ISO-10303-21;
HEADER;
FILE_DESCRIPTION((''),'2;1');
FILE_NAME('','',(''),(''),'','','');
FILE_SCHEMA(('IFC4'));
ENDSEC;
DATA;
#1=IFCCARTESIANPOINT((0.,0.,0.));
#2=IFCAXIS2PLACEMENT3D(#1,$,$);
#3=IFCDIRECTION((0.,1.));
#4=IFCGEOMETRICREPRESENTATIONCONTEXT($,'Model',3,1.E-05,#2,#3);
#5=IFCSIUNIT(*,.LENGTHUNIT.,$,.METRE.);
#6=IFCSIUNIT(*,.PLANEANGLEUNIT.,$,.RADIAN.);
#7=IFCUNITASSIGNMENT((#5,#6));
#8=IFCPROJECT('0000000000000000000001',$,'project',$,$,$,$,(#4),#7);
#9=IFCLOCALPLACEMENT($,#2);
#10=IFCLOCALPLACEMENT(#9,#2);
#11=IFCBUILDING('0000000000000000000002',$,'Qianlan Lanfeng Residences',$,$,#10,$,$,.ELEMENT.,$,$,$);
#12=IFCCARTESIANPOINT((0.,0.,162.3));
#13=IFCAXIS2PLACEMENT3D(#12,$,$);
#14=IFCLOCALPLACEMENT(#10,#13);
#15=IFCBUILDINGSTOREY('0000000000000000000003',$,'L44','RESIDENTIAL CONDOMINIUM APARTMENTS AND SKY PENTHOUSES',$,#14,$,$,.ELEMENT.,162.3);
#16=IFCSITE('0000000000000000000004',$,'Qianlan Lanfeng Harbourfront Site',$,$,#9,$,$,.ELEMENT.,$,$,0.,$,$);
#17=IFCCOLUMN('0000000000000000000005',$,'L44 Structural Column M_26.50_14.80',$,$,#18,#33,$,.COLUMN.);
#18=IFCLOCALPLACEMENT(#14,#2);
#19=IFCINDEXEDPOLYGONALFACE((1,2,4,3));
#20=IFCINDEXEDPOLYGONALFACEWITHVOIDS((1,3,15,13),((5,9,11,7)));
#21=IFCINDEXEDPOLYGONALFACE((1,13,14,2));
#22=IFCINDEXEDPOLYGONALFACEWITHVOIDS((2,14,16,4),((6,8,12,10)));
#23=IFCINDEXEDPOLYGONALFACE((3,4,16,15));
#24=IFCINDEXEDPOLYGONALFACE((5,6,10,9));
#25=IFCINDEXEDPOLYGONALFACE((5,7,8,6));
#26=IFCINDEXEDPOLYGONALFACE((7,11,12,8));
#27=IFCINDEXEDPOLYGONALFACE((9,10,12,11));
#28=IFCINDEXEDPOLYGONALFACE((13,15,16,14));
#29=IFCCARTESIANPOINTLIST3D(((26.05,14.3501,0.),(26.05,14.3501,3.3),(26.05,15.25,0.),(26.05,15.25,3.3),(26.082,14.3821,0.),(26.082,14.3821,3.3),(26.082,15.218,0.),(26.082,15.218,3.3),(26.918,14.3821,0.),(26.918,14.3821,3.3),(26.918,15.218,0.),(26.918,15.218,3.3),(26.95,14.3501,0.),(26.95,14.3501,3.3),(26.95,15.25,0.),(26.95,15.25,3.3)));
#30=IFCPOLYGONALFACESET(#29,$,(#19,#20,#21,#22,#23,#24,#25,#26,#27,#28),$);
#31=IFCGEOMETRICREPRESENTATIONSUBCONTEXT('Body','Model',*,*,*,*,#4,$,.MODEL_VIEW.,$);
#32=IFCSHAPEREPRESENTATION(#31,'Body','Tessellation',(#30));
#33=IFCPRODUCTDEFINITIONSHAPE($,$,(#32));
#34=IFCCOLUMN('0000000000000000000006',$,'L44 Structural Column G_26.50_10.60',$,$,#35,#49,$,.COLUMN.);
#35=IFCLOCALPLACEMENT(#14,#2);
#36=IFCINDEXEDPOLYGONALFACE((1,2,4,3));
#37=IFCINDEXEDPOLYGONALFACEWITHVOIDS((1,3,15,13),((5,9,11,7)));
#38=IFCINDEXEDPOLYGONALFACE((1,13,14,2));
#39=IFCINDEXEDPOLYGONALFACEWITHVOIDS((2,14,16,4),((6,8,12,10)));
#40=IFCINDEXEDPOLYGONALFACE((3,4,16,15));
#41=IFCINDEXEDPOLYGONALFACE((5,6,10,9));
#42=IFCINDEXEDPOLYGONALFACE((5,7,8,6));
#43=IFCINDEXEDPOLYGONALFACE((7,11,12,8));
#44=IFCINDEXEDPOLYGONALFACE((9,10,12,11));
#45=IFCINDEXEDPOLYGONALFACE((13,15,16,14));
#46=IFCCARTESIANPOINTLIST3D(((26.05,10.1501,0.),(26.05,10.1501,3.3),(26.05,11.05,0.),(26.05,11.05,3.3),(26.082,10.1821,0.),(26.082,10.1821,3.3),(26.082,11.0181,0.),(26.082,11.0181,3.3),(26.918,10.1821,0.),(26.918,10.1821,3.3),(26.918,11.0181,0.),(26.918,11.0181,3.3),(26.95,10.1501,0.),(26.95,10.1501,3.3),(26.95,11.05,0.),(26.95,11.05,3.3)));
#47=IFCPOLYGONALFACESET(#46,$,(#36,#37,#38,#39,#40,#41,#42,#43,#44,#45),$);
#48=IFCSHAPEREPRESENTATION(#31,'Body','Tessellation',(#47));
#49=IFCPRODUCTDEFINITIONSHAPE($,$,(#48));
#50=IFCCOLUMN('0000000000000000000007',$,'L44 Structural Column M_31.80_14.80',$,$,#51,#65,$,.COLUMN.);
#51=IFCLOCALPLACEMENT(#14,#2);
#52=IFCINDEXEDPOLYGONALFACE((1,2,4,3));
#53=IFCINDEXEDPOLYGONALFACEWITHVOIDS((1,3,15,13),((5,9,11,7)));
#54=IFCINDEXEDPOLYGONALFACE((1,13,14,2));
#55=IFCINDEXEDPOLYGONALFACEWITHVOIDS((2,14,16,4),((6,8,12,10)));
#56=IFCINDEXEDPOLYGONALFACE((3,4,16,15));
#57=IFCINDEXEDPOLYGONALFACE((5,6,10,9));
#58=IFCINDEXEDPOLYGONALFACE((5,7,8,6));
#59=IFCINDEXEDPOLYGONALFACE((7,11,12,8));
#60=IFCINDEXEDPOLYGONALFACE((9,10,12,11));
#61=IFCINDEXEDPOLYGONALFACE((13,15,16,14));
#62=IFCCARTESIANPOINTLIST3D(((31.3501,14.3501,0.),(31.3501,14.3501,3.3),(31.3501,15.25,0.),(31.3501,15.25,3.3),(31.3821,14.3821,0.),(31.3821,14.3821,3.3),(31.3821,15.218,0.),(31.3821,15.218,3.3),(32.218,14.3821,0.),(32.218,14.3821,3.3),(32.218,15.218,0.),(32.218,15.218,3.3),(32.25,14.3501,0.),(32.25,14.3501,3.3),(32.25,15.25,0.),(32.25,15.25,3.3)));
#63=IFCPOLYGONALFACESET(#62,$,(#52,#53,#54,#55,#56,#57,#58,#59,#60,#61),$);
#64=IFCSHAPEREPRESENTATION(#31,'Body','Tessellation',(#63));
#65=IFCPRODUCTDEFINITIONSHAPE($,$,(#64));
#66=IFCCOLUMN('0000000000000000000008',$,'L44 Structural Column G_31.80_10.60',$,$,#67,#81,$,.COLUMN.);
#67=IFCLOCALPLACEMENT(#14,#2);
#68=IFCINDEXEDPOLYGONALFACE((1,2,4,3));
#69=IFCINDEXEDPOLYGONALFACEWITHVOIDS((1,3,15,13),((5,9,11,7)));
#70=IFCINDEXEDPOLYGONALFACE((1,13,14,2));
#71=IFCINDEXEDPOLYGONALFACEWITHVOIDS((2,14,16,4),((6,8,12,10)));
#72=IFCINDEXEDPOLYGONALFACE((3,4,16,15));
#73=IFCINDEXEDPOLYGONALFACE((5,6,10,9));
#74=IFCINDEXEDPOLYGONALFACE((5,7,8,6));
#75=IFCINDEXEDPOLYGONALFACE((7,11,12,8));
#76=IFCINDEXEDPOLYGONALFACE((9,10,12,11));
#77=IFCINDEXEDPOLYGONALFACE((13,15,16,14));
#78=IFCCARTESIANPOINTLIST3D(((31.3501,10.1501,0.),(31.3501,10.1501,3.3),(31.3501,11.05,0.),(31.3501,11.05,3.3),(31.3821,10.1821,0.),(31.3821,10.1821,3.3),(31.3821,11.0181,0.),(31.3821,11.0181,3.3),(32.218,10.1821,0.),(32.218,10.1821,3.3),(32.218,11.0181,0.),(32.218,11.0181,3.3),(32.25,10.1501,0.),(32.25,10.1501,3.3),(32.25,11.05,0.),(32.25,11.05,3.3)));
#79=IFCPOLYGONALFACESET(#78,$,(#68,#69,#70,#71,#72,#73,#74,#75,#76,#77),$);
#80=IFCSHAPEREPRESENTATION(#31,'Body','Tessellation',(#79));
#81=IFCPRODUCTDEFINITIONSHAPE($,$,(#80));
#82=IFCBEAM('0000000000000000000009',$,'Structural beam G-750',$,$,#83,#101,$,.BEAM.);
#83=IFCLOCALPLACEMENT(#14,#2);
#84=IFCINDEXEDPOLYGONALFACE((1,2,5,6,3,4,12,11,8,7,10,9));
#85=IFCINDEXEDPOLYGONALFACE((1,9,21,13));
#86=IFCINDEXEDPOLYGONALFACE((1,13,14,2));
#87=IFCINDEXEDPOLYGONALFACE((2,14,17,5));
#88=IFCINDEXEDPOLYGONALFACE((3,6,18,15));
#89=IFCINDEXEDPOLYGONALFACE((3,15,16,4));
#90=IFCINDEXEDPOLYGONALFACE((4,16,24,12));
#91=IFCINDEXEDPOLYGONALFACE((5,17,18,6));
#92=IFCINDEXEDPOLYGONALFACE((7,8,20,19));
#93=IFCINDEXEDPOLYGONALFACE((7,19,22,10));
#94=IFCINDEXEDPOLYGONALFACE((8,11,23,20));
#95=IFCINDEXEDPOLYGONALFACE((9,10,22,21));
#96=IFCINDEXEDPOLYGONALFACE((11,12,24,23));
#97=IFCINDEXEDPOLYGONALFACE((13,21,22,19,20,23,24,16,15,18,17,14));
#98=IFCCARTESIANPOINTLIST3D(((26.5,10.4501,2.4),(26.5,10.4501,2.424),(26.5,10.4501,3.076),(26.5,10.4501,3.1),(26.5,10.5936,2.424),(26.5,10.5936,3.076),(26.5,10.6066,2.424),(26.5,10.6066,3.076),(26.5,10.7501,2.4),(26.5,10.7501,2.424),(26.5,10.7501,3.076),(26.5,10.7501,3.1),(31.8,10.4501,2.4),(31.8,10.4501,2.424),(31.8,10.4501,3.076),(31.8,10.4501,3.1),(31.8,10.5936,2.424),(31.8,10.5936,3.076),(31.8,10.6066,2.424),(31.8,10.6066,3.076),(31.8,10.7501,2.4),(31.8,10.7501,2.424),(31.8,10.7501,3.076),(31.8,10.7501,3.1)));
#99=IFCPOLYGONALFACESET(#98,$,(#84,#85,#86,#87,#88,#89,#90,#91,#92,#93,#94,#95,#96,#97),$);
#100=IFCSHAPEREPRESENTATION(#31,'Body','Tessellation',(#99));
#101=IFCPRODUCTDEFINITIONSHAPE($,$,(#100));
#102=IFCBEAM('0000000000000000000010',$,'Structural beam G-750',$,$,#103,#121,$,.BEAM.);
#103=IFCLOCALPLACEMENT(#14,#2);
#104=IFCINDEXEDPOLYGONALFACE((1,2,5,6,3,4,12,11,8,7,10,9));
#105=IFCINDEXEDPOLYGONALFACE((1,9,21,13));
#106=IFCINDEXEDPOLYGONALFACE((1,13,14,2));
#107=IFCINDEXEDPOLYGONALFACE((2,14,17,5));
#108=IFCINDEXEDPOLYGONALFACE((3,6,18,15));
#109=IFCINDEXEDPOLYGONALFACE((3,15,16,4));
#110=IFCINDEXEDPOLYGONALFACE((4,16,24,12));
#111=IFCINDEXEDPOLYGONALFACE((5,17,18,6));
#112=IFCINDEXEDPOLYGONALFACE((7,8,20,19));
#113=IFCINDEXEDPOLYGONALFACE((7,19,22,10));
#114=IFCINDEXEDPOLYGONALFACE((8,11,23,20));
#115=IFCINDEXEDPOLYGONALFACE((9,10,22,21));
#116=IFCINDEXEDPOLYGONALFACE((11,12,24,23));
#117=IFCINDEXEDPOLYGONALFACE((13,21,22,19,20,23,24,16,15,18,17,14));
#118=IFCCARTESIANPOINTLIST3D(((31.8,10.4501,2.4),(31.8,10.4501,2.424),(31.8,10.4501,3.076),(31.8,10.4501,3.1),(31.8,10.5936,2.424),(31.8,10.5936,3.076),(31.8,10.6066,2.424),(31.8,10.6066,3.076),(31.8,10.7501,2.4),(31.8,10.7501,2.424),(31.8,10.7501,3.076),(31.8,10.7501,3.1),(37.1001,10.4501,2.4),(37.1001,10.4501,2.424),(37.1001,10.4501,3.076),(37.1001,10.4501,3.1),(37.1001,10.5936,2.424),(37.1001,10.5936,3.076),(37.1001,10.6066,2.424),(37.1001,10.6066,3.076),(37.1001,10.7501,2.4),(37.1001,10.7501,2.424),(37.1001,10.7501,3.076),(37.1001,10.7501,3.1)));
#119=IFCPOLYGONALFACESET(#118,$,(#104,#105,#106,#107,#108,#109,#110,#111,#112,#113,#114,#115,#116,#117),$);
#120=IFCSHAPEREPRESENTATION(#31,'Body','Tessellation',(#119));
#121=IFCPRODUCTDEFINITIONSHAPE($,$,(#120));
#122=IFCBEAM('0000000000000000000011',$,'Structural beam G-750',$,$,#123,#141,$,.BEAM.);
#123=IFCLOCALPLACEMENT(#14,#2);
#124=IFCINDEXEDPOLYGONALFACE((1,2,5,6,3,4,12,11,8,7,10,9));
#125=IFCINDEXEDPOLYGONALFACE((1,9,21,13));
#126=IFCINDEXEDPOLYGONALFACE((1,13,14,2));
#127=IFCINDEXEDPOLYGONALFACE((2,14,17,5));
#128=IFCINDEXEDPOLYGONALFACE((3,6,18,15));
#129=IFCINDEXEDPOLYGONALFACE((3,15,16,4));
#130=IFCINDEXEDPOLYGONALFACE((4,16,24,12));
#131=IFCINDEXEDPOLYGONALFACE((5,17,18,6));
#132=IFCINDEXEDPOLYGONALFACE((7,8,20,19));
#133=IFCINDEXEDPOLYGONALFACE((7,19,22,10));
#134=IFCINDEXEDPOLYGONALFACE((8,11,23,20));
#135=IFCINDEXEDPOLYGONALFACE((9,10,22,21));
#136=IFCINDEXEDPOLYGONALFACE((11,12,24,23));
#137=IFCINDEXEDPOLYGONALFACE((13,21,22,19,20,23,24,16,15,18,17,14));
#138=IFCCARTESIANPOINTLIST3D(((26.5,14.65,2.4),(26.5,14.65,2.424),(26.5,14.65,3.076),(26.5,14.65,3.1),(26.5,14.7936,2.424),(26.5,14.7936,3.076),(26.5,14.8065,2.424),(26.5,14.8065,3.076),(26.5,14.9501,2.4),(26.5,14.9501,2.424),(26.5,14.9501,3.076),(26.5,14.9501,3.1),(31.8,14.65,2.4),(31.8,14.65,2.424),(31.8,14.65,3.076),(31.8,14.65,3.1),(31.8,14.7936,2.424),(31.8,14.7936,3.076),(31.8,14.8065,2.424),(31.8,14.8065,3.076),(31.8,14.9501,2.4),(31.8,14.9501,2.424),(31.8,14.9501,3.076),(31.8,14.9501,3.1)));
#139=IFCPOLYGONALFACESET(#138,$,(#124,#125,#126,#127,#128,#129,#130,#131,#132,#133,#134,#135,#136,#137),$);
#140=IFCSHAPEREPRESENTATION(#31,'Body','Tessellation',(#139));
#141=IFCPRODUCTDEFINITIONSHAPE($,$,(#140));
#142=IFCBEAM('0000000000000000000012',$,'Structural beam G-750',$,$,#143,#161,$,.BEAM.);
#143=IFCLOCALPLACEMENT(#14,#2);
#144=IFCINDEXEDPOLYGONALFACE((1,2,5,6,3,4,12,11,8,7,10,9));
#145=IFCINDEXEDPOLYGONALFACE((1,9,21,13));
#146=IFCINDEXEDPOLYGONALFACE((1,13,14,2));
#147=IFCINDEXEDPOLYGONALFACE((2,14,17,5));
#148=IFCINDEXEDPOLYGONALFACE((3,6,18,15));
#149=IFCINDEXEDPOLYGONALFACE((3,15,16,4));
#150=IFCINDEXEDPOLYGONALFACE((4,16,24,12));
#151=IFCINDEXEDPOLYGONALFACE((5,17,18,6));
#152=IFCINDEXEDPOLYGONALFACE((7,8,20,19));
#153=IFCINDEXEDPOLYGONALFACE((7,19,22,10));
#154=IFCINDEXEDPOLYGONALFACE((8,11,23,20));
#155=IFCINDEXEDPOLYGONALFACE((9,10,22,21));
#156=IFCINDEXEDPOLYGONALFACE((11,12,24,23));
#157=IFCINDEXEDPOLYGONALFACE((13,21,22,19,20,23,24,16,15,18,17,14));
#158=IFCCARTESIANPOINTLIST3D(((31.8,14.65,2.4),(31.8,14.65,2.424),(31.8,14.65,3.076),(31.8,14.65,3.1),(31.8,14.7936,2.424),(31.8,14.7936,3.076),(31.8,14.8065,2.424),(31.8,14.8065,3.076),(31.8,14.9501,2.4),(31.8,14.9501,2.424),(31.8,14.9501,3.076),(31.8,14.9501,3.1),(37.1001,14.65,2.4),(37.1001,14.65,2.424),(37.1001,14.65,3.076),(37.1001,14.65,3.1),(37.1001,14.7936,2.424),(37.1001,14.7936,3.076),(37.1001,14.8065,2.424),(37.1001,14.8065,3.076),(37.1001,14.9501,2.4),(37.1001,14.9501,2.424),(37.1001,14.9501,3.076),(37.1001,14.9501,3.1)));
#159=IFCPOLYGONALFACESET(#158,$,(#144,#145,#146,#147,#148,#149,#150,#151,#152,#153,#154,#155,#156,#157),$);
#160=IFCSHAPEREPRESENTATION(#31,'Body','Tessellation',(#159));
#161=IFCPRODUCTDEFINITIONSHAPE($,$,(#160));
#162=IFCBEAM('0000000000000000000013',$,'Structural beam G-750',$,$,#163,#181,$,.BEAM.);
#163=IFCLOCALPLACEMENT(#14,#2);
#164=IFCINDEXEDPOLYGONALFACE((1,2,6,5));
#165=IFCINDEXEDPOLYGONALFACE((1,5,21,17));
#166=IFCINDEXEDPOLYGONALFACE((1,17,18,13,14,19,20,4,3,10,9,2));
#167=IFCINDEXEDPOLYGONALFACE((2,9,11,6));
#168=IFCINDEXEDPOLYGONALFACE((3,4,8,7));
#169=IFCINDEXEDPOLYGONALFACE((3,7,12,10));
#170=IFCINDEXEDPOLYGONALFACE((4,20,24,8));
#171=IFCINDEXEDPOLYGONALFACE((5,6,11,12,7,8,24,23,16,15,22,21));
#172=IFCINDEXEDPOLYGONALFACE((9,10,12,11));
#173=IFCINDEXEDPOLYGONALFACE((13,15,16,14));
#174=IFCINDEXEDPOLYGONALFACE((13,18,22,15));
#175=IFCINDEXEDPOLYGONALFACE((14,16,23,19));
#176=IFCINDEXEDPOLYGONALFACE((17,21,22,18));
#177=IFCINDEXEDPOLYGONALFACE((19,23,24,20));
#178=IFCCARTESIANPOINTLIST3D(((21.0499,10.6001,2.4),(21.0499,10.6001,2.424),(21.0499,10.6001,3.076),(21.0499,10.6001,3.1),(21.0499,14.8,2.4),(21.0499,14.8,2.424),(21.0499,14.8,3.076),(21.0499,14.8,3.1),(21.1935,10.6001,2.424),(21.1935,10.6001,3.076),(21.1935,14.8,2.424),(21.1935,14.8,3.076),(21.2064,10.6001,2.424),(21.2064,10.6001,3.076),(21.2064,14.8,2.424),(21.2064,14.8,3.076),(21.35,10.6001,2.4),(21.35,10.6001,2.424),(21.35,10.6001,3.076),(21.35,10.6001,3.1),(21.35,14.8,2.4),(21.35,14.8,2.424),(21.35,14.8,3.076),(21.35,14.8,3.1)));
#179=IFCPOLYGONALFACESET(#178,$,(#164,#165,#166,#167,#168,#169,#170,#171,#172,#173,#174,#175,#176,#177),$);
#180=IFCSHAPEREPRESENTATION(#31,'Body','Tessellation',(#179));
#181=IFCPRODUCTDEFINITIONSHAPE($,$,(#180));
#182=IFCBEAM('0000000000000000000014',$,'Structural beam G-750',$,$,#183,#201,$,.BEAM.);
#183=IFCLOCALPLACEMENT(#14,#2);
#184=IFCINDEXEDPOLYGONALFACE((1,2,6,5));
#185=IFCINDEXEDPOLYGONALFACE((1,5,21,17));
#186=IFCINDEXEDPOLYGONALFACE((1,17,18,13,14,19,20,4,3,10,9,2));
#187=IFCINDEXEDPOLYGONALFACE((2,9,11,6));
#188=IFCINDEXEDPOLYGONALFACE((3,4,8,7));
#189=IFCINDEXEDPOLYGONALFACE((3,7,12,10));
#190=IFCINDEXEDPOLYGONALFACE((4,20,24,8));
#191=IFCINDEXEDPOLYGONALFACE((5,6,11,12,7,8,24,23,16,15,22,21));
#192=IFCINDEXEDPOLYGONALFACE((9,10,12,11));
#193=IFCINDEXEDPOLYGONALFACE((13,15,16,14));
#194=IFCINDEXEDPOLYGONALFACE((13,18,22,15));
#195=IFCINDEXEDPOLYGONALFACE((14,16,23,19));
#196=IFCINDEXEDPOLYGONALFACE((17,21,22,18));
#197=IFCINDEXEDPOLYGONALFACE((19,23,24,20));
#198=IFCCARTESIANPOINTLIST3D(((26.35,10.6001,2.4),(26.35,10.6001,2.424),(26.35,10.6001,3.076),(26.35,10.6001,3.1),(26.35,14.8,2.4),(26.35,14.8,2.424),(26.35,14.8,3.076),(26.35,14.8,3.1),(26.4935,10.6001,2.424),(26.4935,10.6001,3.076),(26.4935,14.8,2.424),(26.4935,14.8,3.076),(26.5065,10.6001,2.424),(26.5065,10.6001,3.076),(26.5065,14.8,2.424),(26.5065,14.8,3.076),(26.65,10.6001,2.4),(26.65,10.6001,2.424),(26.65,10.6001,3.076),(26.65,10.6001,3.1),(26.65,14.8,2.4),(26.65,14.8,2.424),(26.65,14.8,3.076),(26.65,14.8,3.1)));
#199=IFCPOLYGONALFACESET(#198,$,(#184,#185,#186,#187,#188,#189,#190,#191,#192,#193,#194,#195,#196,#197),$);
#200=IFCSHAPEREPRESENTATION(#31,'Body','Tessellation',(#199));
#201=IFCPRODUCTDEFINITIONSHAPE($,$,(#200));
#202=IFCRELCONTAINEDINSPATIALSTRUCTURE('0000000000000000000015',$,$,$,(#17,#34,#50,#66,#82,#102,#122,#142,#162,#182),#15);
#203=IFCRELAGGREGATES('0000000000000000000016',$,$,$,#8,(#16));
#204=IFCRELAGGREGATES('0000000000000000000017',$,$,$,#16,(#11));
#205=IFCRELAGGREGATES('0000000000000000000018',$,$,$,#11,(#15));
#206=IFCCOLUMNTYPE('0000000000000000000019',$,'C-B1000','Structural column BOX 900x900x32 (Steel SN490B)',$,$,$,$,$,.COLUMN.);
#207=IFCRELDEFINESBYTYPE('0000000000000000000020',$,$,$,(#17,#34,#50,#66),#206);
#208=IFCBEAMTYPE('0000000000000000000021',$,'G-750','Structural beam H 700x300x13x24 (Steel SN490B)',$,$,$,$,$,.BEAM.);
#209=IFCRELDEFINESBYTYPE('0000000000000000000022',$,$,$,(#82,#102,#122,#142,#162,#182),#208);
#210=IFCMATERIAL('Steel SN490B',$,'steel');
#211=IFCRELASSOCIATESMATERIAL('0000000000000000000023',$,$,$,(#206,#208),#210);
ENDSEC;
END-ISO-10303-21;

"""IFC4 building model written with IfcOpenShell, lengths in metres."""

from ifc_helpers import new_model, si_unit, direction, frame, origin, origin_2d, place, context, subcontext, project, spatial, hollow_rectangle, i_section, extrude, material, material_profile, profile_set, type_object, element, save


model = new_model("IFC4")

# Units and contexts
model_context = context("Model", 3, precision=1e-05, world=origin(), true_north=direction((0.0, 1.0)))
body_context = subcontext(model_context, "Body", "Model", "MODEL_VIEW")
ifc_project = project(units=[si_unit("LENGTHUNIT", "METRE"), si_unit("PLANEANGLEUNIT", "RADIAN")], contexts=[model_context])

# Site, building, storey
site_placement = place(None, origin())
site = spatial("IfcSite", under=ifc_project, at=site_placement, Name="Qianlan Lanfeng Harbourfront Site", CompositionType="ELEMENT", RefElevation=0.0)
building_placement = place(site_placement, origin())
building = spatial("IfcBuilding", under=site, at=building_placement, Name="Qianlan Lanfeng Residences", CompositionType="ELEMENT")
storey_placement = place(building_placement, frame((0.0, 0.0, 162.3)))
storey = spatial("IfcBuildingStorey", under=building, at=storey_placement, Name="L44", Description="RESIDENTIAL CONDOMINIUM APARTMENTS AND SKY PENTHOUSES", CompositionType="ELEMENT", Elevation=162.3)

# Columns
ifc_material_1 = material(Name="Steel SN490B", Category="steel")
ifc_material_profile_1 = material_profile(ifc_material_1, hollow_rectangle(XDim=0.8999, YDim=0.8999, WallThickness=0.032, at=origin_2d()), Name="BOX 900x900x32")
ifc_profile_set_1 = profile_set([ifc_material_profile_1], Name="Steel SN490B")
column_type = type_object("IfcColumnType", Name="C-B1000", Description="Structural column BOX 900x900x32 (Steel SN490B)", PredefinedType="COLUMN", material=ifc_profile_set_1)
for number, where, z_axis, x_axis, name in (
    (1, (26.5, 14.8, 0.0), (0.0, 0.0, 1.0), (1.0, 0.0, 0.0), "L44 Structural Column M_26.50_14.80"),
    (2, (26.5, 10.6001, 0.0), (0.0, 0.0, 1.0), (1.0, 0.0, 0.0), "L44 Structural Column G_26.50_10.60"),
    (3, (31.8, 14.8, 0.0), (0.0, 0.0, 1.0), (1.0, 0.0, 0.0), "L44 Structural Column M_31.80_14.80"),
    (4, (31.8, 10.6001, 0.0), (0.0, 0.0, 1.0), (1.0, 0.0, 0.0), "L44 Structural Column G_31.80_10.60"),
):
    element("IfcColumn", number, at=place(storey_placement, frame(where, z_axis=z_axis, x_axis=x_axis)), inside=storey, type_object=column_type, Name=name, PredefinedType="COLUMN", context=body_context, shape_type="SweptSolid", body=[
        extrude(hollow_rectangle(XDim=0.8999, YDim=0.8999, WallThickness=0.032, at=origin_2d()), origin(), (0.0, 0.0, 1.0), 3.3),
    ])

# Beams
ifc_material_profile_2 = material_profile(ifc_material_1, i_section(OverallWidth=0.3, OverallDepth=0.7, WebThickness=0.0129, FlangeThickness=0.0239, at=origin_2d()), Name="H 700x300x13x24")
ifc_profile_set_2 = profile_set([ifc_material_profile_2], Name="Steel SN490B")
beam_type_1 = type_object("IfcBeamType", Name="G-750", Description="Structural beam H 700x300x13x24 (Steel SN490B)", PredefinedType="BEAM", material=ifc_profile_set_2)
for number, where, z_axis, x_axis, name in (
    (5, (26.5, 10.6001, 2.75), (1.0, 0.0, 0.0), (0.0, 1.0, 0.0), "Structural beam G-750"),
    (6, (31.8, 10.6001, 2.75), (1.0, 0.0, 0.0), (0.0, 1.0, 0.0), "Structural beam G-750"),
    (7, (26.5, 14.8, 2.75), (1.0, 0.0, 0.0), (0.0, 1.0, 0.0), "Structural beam G-750"),
    (8, (31.8, 14.8, 2.75), (1.0, 0.0, 0.0), (0.0, 1.0, 0.0), "Structural beam G-750"),
):
    element("IfcBeam", number, at=place(storey_placement, frame(where, z_axis=z_axis, x_axis=x_axis)), inside=storey, type_object=beam_type_1, Name=name, PredefinedType="BEAM", context=body_context, shape_type="SweptSolid", body=[
        extrude(i_section(OverallWidth=0.3, OverallDepth=0.7, WebThickness=0.0129, FlangeThickness=0.0239, at=origin_2d()), origin(), (0.0, 0.0, 1.0), 5.3),
    ])
for number, where, z_axis, x_axis, name in (
    (9, (21.2, 10.6001, 2.75), (0.0, 1.0, 0.0), (-1.0, 0.0, 0.0), "Structural beam G-750"),
    (10, (26.5, 10.6001, 2.75), (0.0, 1.0, 0.0), (-1.0, 0.0, 0.0), "Structural beam G-750"),
):
    element("IfcBeam", number, at=place(storey_placement, frame(where, z_axis=z_axis, x_axis=x_axis)), inside=storey, type_object=beam_type_1, Name=name, PredefinedType="BEAM", context=body_context, shape_type="SweptSolid", body=[
        extrude(i_section(OverallWidth=0.3, OverallDepth=0.7, WebThickness=0.0129, FlangeThickness=0.0239, at=origin_2d()), origin(), (0.0, 0.0, 1.0), 4.2),
    ])

save(model, "model.ifc")
